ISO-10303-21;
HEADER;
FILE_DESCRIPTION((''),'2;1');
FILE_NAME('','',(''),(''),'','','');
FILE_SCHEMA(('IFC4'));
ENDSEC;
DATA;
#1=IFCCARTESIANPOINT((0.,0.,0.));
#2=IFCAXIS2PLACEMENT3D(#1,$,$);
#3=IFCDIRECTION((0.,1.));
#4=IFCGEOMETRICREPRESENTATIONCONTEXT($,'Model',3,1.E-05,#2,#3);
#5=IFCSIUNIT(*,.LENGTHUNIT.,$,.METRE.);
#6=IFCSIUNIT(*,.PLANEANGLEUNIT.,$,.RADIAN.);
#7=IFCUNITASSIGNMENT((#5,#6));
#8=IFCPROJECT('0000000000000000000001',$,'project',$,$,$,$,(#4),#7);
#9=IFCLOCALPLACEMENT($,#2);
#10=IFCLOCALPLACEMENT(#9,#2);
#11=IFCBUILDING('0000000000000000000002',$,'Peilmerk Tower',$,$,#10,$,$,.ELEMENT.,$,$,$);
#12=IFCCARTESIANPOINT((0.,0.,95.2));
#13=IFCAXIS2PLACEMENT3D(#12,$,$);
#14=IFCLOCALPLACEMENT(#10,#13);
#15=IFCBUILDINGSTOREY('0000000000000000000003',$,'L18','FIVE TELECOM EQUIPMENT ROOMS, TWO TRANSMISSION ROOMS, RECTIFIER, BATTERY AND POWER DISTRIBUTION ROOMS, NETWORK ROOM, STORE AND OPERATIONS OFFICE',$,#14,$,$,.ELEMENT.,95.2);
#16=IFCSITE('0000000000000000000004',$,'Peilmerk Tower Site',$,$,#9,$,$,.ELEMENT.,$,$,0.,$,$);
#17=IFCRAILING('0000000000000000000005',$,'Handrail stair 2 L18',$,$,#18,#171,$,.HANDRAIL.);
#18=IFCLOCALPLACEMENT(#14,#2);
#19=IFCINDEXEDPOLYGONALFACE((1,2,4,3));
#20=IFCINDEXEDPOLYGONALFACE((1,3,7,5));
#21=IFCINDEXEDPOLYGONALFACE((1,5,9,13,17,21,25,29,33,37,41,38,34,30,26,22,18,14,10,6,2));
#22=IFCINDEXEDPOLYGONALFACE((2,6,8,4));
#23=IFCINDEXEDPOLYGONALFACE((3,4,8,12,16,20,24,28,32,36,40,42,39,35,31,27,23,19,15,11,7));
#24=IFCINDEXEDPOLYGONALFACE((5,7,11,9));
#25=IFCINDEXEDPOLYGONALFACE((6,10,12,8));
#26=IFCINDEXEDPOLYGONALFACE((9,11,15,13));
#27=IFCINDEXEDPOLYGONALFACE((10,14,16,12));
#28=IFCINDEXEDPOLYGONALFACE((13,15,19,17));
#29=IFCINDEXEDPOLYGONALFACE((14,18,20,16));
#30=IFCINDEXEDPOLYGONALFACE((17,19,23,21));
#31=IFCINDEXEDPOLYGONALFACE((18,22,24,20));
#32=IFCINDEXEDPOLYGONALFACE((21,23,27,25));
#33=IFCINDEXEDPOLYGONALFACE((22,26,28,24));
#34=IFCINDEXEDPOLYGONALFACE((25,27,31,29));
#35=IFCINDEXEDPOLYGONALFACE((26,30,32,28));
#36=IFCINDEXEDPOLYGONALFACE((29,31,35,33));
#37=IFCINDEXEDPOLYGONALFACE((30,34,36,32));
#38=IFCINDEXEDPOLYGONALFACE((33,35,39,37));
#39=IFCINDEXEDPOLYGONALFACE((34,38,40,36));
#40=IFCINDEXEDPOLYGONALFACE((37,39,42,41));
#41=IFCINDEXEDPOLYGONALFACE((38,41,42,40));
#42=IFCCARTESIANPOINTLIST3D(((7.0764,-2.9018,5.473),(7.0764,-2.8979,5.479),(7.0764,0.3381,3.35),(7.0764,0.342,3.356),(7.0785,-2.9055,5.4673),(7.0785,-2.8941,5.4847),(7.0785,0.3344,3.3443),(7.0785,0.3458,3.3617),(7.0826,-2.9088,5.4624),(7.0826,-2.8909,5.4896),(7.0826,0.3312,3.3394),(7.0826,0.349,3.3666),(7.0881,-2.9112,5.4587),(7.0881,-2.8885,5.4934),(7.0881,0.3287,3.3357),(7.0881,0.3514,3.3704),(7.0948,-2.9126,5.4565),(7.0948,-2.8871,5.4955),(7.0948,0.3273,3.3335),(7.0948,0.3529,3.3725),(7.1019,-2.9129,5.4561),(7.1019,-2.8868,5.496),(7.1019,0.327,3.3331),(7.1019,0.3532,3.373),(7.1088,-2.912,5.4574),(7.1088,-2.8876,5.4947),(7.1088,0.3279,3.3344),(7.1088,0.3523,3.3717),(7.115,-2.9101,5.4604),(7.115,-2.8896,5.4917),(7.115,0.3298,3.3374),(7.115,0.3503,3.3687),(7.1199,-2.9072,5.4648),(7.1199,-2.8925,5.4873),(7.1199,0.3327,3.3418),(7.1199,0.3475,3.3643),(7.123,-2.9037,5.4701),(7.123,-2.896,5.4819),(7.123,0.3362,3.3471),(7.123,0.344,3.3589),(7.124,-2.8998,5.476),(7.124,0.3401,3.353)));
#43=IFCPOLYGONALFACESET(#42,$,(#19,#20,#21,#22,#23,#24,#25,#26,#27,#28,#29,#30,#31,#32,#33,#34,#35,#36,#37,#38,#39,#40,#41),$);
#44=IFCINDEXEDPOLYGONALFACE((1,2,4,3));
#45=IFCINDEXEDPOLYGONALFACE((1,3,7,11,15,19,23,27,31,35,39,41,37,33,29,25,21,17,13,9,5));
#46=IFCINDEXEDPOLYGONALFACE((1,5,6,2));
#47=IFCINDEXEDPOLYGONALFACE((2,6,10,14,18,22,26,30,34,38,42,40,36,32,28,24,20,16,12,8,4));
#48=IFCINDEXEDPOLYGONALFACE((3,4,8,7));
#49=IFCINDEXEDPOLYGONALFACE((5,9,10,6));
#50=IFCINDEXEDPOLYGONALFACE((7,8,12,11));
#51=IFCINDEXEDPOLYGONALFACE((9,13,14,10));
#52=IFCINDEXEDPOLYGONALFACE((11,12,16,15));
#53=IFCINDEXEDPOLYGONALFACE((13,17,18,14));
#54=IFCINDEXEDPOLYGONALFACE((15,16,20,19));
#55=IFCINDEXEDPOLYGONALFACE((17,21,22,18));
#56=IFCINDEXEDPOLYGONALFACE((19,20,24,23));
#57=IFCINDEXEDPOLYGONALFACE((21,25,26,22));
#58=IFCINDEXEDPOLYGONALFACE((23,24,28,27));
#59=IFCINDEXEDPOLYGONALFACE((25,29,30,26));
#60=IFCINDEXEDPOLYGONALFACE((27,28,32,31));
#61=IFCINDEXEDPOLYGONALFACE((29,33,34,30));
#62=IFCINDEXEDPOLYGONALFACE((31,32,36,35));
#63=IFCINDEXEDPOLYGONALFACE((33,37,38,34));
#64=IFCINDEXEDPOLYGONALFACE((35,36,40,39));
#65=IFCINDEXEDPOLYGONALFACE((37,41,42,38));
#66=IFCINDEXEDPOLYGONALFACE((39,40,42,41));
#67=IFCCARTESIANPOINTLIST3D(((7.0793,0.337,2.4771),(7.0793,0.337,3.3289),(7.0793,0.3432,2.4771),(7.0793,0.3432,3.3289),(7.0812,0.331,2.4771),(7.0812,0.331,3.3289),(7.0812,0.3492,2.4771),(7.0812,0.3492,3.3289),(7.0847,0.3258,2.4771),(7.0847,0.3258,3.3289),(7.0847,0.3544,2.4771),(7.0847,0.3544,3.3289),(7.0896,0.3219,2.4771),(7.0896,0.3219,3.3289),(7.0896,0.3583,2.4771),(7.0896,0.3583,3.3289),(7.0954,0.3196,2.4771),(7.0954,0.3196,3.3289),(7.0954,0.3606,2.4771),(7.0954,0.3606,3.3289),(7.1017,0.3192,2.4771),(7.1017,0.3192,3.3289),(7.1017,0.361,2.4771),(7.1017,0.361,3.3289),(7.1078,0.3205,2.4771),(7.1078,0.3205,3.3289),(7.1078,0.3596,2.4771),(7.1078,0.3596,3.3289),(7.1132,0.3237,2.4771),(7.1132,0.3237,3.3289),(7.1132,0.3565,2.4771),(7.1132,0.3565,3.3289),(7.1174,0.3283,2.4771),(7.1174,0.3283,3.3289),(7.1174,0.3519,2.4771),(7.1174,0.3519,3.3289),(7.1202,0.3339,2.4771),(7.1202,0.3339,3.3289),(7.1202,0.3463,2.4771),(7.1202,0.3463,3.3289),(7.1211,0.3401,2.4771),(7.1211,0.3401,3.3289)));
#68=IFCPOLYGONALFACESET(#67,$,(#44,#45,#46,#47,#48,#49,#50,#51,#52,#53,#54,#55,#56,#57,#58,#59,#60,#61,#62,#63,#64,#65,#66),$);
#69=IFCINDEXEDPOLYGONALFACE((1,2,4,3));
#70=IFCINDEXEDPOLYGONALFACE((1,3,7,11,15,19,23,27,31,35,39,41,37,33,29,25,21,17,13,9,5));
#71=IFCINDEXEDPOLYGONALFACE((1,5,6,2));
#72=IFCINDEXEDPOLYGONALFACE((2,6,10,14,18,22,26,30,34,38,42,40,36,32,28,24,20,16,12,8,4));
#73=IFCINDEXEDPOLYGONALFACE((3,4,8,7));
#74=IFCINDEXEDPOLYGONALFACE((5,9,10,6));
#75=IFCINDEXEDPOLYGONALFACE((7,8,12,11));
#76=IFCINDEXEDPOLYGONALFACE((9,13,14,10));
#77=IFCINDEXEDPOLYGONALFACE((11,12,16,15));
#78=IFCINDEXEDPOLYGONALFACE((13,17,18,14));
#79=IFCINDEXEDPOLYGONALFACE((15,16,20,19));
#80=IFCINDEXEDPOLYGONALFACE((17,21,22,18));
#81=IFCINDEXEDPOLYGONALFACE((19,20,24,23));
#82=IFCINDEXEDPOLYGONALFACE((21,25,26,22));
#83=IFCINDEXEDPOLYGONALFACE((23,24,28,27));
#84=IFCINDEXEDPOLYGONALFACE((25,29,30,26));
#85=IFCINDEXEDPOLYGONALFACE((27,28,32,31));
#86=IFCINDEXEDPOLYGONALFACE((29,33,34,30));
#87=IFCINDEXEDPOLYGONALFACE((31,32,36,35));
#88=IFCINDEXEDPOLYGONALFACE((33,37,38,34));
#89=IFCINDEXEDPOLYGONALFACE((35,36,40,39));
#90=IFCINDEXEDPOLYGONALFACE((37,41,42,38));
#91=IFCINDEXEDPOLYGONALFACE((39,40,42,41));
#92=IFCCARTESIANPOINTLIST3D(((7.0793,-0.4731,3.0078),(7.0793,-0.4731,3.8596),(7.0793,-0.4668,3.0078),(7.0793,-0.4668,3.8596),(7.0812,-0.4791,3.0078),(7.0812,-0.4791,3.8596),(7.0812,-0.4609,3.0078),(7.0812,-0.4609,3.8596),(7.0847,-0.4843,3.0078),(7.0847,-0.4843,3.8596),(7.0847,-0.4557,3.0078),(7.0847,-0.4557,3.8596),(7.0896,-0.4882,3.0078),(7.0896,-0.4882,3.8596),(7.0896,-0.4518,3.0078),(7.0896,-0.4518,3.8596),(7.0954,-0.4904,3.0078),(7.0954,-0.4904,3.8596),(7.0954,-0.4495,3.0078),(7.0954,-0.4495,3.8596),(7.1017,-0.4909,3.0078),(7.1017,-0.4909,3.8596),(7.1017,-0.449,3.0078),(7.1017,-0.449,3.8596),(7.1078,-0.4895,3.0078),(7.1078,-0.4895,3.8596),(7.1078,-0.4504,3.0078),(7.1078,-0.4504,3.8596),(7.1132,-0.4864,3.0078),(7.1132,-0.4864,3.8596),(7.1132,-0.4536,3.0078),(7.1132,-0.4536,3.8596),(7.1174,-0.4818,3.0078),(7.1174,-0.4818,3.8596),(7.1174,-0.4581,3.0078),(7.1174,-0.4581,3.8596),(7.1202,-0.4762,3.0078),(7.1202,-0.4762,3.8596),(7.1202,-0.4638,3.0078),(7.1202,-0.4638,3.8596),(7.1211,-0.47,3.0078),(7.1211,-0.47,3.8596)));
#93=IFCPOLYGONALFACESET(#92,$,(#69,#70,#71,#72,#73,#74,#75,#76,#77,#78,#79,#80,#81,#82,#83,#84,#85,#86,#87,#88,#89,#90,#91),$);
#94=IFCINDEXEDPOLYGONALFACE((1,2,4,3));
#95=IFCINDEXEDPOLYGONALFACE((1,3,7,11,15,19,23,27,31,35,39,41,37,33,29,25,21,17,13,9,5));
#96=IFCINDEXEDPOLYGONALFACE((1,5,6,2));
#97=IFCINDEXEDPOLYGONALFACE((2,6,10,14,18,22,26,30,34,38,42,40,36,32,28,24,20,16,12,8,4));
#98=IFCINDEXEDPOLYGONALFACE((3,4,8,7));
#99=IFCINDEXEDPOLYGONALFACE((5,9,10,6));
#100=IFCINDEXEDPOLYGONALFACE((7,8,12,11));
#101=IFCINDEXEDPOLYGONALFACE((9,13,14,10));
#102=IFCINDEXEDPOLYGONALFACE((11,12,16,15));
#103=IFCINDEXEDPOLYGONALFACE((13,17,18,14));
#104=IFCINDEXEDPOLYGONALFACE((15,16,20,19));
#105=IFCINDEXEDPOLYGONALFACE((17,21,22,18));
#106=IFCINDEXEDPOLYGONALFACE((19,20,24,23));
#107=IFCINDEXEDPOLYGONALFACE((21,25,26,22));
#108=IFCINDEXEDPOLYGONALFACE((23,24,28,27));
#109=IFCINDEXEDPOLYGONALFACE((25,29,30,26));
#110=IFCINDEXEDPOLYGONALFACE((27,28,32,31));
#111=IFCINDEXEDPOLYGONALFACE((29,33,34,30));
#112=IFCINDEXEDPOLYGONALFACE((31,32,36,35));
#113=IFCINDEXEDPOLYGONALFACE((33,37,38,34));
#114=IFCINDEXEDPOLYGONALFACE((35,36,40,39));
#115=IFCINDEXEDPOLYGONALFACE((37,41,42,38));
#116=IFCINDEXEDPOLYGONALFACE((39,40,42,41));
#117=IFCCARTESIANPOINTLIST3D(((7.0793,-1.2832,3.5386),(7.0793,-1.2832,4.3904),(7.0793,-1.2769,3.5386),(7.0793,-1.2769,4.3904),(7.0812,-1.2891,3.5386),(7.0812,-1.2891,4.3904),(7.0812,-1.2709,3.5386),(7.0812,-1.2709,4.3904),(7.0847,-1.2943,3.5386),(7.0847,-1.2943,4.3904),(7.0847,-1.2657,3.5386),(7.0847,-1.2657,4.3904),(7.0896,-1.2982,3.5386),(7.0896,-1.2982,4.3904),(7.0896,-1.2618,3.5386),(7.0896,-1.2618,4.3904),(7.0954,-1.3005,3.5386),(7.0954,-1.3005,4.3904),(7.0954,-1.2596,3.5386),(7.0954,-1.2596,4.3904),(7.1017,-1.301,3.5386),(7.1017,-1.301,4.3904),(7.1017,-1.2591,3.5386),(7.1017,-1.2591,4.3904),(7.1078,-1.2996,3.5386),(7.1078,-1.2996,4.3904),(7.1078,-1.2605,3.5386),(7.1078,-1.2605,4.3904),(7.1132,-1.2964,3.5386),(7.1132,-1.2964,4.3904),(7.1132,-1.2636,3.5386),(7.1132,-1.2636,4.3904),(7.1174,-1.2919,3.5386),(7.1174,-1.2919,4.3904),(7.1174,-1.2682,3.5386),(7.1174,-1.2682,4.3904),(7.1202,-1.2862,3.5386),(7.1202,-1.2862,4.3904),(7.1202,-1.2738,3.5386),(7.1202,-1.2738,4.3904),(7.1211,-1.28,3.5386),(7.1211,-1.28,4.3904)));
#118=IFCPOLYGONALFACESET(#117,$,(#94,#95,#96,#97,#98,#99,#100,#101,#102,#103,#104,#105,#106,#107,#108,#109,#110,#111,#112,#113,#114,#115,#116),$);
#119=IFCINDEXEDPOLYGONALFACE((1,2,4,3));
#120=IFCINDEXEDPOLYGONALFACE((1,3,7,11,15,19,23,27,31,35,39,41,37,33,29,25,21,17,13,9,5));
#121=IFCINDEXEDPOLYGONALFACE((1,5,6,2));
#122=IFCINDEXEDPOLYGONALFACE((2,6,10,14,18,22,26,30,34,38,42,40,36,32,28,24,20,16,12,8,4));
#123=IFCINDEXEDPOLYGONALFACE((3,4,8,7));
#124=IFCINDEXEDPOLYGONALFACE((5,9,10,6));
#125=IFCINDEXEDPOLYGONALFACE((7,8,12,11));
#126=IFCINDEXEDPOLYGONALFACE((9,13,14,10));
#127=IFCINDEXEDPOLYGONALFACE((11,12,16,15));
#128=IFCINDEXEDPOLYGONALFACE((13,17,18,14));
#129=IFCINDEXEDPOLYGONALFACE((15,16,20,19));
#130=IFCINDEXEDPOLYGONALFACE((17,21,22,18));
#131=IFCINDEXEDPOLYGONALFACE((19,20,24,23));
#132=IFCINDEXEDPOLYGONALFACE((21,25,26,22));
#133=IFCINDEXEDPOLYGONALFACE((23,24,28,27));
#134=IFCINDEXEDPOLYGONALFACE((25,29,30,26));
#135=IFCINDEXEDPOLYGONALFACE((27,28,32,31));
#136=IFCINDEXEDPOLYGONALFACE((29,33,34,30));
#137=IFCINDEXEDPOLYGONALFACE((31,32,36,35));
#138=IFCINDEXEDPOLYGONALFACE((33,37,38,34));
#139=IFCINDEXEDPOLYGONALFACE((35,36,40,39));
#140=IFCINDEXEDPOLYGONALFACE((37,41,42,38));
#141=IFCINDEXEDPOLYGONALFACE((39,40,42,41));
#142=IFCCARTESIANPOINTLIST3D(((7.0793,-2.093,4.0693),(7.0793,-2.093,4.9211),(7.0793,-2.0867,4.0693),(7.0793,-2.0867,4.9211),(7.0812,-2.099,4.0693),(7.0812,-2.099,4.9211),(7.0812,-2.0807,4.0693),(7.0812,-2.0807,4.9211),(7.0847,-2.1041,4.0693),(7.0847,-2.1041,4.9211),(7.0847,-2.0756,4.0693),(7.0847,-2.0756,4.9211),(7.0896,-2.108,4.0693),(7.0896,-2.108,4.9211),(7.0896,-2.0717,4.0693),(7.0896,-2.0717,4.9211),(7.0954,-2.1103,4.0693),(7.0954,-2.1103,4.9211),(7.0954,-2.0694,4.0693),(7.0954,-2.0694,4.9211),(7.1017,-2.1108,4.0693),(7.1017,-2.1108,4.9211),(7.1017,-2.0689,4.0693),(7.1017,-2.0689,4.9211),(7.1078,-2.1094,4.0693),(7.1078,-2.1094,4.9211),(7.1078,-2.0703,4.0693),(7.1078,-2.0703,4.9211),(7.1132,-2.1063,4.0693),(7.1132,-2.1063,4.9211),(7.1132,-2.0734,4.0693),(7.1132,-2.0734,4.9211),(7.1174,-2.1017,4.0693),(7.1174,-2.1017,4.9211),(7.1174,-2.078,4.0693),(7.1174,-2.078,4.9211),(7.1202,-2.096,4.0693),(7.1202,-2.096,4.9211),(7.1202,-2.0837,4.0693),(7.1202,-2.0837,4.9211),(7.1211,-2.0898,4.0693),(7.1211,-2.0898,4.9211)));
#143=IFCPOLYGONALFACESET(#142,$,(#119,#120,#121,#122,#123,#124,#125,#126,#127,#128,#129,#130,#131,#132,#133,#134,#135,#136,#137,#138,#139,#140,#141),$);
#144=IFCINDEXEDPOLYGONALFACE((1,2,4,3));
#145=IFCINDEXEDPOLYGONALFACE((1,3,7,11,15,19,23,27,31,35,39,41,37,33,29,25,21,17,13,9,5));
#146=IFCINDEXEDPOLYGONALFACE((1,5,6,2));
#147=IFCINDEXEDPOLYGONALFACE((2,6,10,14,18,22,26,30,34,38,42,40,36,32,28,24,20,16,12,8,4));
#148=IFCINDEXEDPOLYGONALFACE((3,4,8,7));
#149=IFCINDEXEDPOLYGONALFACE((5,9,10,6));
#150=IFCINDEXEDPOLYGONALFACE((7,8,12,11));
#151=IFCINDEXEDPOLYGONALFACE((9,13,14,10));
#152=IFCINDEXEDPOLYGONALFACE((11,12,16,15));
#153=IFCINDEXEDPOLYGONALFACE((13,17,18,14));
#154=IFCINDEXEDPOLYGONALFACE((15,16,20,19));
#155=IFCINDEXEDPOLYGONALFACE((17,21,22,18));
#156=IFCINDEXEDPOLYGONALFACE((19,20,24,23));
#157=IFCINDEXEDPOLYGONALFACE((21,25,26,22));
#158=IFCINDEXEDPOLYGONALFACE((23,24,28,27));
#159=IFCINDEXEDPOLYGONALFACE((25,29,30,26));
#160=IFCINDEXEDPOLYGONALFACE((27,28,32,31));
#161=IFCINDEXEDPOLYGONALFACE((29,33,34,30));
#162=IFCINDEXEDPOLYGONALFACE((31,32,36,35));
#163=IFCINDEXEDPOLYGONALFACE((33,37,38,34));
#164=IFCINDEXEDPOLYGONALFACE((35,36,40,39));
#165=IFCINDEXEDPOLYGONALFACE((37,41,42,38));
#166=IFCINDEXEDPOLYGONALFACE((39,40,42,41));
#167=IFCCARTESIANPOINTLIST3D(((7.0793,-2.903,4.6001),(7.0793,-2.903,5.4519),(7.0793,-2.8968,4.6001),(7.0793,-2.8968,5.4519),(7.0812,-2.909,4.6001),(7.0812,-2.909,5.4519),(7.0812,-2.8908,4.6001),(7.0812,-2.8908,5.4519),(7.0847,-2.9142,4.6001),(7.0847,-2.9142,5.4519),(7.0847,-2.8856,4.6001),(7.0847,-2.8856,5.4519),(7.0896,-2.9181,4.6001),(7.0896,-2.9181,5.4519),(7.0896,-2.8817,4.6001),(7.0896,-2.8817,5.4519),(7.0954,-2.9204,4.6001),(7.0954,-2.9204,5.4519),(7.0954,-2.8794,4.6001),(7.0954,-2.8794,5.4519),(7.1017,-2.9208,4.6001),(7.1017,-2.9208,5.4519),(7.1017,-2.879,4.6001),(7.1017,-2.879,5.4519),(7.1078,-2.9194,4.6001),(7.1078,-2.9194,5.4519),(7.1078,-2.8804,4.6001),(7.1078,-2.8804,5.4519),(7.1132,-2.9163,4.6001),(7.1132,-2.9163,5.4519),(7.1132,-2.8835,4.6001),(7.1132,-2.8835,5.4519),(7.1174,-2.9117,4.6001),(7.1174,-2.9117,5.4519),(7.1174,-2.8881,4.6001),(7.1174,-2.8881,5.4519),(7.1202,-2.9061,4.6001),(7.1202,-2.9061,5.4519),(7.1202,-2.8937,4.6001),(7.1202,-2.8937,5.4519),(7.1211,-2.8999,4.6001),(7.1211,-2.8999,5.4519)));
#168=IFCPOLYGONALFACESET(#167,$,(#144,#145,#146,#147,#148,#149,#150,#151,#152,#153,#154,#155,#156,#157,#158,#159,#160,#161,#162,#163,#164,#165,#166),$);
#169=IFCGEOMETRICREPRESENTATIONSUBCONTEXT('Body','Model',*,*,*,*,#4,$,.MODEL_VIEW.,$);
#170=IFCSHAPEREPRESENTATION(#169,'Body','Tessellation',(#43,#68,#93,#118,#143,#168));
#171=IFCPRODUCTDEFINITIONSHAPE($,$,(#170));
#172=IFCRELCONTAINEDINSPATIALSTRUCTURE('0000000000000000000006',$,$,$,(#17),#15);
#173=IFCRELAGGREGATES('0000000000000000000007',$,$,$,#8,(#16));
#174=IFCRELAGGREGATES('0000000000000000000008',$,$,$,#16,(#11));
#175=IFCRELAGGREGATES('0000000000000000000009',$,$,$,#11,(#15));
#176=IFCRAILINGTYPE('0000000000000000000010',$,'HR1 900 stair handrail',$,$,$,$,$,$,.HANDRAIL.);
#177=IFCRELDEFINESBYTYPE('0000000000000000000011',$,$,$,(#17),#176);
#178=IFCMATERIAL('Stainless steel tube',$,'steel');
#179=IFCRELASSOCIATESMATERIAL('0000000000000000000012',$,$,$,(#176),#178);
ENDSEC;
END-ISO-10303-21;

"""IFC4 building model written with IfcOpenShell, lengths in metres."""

from ifc_helpers import new_model, si_unit, direction, frame, origin, origin_2d, place, context, subcontext, project, spatial, circle, extrude, material, type_object, element, save


model = new_model("IFC4")

# Units and contexts
model_context = context("Model", 3, precision=1e-05, world=origin(), true_north=direction((0.0, 1.0)))
body_context = subcontext(model_context, "Body", "Model", "MODEL_VIEW")
ifc_project = project(units=[si_unit("LENGTHUNIT", "METRE"), si_unit("PLANEANGLEUNIT", "RADIAN")], contexts=[model_context])

# Site, building, storey
site_placement = place(None, origin())
site = spatial("IfcSite", under=ifc_project, at=site_placement, Name="Peilmerk Tower Site", CompositionType="ELEMENT", RefElevation=0.0)
building_placement = place(site_placement, origin())
building = spatial("IfcBuilding", under=site, at=building_placement, Name="Peilmerk Tower", CompositionType="ELEMENT")
storey_placement = place(building_placement, frame((0.0, 0.0, 95.2)))
storey = spatial("IfcBuildingStorey", under=building, at=storey_placement, Name="L18", Description="FIVE TELECOM EQUIPMENT ROOMS, TWO TRANSMISSION ROOMS, RECTIFIER, BATTERY AND POWER DISTRIBUTION ROOMS, NETWORK ROOM, STORE AND OPERATIONS OFFICE", CompositionType="ELEMENT", Elevation=95.2)

# Railing
ifc_material_1 = material(Name="Stainless steel tube", Category="steel")
railing_type_1 = type_object("IfcRailingType", Name="HR1 900 stair handrail", PredefinedType="HANDRAIL", material=ifc_material_1)
railing_1_placement = place(storey_placement, frame((7.1001, 0.3401, 2.4771)))
element("IfcRailing", 1, at=railing_1_placement, inside=storey, type_object=railing_type_1, Name="Handrail stair 2 L18", PredefinedType="HANDRAIL", context=body_context, shape_type="SweptSolid", body=[
    extrude(circle(Radius=0.0239, at=origin_2d()), frame((0.0, 0.0, 0.876), z_axis=(0.0, -0.836426, 0.548079), x_axis=(1.0, 0.0, 0.0)), (0.0, 0.0, 1.0), 3.8735),
    extrude(circle(Radius=0.021, at=origin_2d()), origin(), (0.0, 0.0, 1.0), 0.8518),
    extrude(circle(Radius=0.021, at=origin_2d()), frame((0.0, -0.8101, 0.5308)), (0.0, 0.0, 1.0), 0.8518),
    extrude(circle(Radius=0.021, at=origin_2d()), frame((0.0, -1.6201, 1.0615)), (0.0, 0.0, 1.0), 0.8518),
    extrude(circle(Radius=0.021, at=origin_2d()), frame((0.0, -2.4299, 1.5923)), (0.0, 0.0, 1.0), 0.8518),
    extrude(circle(Radius=0.021, at=origin_2d()), frame((0.0, -3.24, 2.123)), (0.0, 0.0, 1.0), 0.8518),
])

save(model, "model.ifc")
